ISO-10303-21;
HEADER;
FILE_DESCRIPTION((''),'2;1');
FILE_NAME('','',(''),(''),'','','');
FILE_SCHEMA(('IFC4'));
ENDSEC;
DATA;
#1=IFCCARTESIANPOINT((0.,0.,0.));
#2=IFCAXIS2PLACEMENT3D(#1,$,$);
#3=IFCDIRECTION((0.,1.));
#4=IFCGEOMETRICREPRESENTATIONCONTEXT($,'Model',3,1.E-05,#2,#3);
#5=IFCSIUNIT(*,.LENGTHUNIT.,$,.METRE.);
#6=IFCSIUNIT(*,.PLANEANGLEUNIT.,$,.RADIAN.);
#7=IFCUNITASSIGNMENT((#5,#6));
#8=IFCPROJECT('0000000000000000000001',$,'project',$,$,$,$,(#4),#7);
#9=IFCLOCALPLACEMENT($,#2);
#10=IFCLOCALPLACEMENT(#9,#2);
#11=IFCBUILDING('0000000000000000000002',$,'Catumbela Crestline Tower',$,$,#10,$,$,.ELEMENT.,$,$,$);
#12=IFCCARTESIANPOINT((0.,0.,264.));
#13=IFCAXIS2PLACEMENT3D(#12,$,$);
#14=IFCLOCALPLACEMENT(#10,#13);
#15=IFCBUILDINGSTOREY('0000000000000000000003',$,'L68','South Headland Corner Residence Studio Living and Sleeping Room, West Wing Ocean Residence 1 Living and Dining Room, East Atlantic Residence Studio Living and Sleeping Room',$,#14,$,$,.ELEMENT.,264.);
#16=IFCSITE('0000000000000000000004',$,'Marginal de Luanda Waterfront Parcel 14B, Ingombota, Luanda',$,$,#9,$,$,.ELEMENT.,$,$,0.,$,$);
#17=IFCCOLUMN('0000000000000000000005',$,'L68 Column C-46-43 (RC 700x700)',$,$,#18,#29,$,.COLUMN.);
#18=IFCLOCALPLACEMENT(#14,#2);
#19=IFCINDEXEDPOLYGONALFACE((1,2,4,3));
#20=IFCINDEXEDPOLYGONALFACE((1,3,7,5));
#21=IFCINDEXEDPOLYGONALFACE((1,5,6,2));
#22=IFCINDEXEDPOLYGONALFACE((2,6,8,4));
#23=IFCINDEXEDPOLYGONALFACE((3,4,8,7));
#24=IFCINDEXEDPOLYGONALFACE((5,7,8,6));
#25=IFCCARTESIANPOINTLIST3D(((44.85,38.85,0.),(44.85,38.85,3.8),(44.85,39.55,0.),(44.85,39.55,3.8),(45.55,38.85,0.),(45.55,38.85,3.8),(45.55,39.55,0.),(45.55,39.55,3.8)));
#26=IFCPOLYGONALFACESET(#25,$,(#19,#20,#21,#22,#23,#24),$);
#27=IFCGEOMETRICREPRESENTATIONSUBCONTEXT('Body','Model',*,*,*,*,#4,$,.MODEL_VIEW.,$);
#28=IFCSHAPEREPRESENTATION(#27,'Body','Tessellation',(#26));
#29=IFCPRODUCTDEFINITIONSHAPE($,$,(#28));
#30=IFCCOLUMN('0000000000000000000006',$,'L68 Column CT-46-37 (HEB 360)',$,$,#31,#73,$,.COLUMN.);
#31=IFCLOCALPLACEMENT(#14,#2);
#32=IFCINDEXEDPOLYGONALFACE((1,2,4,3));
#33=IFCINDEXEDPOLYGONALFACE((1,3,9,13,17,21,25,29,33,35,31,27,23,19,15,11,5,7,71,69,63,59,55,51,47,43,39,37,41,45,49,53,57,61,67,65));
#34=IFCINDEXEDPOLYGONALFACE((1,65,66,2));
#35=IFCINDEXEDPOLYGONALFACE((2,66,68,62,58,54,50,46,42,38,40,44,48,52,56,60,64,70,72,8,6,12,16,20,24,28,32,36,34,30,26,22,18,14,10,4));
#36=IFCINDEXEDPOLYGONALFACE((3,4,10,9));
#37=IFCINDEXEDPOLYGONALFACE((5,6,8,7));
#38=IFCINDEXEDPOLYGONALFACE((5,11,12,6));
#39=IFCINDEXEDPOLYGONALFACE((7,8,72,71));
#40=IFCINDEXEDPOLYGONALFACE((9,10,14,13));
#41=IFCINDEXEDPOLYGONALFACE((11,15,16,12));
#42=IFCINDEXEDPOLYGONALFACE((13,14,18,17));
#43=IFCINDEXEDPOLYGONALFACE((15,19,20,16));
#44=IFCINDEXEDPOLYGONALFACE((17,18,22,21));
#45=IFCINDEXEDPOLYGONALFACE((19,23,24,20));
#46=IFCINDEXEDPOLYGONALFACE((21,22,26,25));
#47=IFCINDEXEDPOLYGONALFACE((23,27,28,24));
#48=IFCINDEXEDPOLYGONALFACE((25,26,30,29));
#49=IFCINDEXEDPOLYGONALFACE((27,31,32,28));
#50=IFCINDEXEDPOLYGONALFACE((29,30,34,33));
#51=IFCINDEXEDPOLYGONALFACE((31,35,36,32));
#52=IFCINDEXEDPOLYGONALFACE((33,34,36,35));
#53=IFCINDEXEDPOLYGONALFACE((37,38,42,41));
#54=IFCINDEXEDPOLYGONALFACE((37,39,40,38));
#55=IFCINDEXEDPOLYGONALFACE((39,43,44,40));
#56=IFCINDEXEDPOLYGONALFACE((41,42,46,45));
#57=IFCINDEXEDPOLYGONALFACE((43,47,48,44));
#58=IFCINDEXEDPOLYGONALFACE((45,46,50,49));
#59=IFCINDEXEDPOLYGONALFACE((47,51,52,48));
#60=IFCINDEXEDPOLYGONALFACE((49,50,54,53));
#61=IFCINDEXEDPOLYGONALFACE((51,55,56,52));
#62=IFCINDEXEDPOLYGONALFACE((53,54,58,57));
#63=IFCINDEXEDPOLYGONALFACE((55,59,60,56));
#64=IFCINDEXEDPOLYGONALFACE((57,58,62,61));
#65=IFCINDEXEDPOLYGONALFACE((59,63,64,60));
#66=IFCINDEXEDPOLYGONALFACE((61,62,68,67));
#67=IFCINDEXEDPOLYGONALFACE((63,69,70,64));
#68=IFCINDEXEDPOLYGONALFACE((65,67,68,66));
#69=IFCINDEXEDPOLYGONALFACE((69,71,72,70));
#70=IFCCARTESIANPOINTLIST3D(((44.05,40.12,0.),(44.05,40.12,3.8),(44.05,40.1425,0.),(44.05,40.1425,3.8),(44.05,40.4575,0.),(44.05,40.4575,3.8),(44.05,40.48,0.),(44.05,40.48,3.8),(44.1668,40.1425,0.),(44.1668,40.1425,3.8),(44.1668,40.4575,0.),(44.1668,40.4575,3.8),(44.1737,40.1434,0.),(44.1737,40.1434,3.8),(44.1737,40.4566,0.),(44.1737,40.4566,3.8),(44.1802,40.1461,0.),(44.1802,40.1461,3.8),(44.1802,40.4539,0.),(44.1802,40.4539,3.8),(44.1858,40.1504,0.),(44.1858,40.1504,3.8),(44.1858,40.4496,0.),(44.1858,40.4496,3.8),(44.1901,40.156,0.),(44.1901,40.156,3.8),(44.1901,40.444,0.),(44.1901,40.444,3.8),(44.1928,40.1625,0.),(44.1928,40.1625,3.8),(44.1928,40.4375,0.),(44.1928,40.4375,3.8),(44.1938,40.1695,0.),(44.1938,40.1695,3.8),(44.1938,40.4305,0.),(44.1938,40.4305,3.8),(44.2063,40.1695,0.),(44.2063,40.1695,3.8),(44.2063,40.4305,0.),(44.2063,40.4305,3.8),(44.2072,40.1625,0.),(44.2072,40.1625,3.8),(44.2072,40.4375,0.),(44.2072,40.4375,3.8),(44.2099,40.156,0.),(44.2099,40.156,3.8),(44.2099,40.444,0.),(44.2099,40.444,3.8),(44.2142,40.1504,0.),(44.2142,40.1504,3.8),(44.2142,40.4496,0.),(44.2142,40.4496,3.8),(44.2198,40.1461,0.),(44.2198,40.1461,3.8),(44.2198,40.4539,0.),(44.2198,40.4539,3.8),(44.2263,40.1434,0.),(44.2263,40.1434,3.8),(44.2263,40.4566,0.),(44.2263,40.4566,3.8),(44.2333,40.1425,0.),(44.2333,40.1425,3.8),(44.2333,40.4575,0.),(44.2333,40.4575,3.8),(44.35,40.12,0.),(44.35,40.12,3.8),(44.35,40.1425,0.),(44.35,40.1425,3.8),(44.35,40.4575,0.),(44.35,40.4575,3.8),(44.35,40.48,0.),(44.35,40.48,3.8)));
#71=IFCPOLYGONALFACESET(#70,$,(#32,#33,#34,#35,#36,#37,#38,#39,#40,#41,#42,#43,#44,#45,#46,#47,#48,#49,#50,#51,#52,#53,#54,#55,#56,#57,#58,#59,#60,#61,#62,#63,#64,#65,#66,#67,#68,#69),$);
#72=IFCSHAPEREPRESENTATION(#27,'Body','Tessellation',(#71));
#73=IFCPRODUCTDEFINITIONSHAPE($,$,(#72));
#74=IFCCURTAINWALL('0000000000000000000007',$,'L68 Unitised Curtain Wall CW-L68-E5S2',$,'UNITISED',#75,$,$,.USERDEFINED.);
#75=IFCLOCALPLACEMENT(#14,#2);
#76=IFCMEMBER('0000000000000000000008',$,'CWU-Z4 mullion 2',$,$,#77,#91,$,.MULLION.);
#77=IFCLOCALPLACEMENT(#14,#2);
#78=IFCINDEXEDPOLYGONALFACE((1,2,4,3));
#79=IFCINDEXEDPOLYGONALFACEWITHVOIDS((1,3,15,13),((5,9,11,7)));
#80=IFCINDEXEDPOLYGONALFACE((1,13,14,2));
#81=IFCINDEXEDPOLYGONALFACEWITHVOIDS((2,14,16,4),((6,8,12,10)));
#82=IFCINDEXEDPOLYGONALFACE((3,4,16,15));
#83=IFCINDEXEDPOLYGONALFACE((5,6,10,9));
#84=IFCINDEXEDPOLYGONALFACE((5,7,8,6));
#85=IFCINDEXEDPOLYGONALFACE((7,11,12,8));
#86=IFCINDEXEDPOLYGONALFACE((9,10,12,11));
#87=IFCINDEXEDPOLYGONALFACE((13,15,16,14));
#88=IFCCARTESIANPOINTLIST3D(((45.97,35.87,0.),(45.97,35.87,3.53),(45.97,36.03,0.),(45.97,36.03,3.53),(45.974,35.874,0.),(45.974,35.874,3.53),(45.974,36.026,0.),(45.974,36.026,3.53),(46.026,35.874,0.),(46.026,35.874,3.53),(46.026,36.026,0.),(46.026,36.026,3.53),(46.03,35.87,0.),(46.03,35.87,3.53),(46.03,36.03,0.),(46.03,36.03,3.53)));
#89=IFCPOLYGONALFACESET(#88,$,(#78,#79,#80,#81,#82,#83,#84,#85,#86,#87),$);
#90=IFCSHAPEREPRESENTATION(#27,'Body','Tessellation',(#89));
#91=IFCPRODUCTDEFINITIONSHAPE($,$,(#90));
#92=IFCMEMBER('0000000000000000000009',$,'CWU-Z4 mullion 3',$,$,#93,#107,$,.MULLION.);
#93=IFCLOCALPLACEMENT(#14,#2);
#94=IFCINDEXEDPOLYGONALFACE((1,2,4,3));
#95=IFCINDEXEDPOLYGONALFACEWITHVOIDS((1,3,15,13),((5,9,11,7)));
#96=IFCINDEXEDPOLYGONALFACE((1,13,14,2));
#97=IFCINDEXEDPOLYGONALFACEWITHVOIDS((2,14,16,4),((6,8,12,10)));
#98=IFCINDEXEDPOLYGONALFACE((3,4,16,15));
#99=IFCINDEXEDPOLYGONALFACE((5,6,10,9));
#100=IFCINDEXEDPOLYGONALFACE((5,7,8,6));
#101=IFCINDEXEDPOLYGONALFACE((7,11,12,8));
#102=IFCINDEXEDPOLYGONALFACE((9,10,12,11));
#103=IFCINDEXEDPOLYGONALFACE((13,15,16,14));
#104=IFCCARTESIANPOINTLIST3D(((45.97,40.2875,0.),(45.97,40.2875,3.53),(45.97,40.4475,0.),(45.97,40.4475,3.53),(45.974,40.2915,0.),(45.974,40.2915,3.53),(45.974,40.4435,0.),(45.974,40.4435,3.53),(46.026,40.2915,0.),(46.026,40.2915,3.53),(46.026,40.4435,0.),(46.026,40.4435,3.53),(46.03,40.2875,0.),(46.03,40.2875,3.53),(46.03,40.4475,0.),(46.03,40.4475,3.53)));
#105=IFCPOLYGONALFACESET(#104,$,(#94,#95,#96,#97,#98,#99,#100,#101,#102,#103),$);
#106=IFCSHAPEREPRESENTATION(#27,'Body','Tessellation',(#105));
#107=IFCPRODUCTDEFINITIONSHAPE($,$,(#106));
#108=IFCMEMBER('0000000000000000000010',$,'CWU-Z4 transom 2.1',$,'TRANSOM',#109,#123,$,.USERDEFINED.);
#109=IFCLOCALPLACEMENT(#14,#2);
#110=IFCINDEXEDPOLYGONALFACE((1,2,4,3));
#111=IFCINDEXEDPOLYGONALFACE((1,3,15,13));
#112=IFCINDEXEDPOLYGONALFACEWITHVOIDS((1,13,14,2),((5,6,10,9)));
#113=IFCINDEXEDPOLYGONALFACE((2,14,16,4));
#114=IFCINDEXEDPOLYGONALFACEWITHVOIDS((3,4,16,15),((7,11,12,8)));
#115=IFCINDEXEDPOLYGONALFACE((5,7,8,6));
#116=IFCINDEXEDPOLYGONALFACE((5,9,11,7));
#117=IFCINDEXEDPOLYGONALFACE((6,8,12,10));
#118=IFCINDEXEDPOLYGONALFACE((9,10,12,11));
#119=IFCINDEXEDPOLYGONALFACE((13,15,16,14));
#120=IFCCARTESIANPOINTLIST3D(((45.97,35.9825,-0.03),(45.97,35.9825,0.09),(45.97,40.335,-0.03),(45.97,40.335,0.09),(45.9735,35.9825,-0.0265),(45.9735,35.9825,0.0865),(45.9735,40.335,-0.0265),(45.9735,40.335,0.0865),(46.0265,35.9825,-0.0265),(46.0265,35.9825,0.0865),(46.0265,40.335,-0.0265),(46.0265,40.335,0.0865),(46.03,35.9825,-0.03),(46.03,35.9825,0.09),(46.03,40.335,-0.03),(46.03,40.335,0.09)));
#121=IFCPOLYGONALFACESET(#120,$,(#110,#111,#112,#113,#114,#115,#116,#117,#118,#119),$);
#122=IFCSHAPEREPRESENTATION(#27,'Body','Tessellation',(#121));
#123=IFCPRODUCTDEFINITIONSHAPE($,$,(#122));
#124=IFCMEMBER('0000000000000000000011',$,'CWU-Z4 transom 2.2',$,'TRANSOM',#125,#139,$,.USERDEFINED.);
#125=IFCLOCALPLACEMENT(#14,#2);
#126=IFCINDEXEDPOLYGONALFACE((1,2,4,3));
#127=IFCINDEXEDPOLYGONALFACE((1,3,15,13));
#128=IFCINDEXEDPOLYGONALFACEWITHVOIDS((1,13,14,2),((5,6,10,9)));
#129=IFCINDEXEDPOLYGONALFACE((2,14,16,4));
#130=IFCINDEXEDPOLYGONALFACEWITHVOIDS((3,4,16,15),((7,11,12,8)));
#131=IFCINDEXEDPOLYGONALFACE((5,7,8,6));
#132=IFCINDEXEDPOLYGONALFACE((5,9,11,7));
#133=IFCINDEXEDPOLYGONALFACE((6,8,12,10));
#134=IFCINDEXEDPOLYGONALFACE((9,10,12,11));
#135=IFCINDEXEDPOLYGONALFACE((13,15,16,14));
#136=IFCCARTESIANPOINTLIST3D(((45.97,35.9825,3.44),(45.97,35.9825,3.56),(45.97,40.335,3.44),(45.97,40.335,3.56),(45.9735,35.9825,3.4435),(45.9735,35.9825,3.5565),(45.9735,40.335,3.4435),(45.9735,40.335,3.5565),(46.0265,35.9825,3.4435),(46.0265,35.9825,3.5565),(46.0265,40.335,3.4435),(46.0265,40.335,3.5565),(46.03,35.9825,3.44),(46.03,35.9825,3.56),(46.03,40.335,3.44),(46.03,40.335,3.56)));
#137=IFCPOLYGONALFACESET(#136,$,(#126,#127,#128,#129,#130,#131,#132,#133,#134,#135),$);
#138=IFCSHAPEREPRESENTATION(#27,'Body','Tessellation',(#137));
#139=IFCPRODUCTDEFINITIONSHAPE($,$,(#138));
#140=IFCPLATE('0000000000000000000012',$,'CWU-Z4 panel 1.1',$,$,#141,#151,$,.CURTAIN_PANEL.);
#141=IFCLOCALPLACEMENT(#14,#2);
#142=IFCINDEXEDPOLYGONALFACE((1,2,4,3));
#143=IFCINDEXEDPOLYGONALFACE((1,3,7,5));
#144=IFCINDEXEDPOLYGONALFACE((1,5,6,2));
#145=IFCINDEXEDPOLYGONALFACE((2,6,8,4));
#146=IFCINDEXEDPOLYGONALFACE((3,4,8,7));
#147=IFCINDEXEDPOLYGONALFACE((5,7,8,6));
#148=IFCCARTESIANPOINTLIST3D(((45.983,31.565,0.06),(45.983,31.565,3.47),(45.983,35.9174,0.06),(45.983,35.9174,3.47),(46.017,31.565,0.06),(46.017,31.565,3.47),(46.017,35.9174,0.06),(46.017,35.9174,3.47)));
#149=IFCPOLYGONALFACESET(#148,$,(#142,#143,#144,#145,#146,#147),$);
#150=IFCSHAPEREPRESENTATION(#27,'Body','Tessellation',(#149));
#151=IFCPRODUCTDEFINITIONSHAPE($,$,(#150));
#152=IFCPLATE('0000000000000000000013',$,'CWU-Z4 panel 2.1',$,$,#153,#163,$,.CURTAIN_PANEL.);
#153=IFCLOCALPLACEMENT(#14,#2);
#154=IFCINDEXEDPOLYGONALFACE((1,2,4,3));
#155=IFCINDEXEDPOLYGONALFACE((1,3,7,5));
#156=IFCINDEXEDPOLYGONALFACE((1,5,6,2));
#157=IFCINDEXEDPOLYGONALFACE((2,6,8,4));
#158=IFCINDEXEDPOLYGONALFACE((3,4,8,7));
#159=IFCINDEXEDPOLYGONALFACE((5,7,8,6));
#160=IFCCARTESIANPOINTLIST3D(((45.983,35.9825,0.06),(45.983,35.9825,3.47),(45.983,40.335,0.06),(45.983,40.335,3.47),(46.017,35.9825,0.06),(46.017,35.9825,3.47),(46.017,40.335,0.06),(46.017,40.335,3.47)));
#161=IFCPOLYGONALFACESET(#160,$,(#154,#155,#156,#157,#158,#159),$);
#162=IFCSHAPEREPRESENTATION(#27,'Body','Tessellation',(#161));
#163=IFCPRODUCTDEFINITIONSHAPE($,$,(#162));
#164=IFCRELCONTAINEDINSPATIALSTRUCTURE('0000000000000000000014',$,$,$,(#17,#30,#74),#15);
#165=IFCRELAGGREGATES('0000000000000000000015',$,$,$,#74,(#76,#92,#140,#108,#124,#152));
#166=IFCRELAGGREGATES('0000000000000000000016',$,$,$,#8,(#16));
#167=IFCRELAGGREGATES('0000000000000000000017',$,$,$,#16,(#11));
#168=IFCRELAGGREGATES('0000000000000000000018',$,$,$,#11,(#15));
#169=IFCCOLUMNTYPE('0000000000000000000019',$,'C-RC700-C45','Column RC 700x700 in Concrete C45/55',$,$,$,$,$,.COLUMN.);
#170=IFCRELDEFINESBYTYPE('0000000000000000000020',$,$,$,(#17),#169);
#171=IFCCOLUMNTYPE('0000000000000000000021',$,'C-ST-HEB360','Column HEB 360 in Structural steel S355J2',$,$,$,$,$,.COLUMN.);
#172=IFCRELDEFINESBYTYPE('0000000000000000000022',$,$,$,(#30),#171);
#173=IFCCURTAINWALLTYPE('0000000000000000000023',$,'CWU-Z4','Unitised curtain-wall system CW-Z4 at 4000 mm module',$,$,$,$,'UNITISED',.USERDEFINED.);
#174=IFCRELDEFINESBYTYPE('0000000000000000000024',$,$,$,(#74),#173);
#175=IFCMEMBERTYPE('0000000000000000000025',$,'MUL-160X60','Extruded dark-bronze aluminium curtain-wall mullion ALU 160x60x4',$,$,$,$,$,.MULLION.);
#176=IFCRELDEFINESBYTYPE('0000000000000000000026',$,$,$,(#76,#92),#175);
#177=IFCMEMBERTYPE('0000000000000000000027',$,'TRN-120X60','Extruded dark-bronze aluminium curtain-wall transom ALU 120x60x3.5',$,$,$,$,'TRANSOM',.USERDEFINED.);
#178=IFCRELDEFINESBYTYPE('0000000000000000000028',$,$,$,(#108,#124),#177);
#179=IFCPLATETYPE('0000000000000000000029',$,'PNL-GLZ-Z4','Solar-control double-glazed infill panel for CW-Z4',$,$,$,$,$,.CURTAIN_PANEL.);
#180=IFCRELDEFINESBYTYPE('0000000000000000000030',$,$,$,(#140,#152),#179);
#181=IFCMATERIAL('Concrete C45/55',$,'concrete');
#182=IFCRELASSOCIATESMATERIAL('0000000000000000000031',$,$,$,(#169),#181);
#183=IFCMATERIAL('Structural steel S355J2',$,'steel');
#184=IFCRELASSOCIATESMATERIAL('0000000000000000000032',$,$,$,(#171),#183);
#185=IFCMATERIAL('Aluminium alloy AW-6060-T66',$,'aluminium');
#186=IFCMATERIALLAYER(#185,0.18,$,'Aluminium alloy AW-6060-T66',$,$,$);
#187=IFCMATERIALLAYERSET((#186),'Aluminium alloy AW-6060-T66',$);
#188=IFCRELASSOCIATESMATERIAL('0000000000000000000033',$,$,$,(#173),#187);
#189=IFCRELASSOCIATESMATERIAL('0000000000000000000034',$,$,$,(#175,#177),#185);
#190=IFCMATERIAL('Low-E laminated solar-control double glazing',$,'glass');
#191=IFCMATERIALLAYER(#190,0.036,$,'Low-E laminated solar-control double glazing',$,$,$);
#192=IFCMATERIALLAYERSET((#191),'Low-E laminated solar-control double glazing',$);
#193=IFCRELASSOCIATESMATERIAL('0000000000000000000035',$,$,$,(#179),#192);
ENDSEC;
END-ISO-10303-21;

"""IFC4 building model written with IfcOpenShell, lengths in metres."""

from ifc_helpers import new_model, si_unit, direction, frame, origin, origin_2d, place, context, subcontext, project, spatial, rectangle, hollow_rectangle, i_section, extrude, material, layer, layer_set, material_profile, profile_set, type_object, element, aggregate, save


model = new_model("IFC4")

# Units and contexts
model_context = context("Model", 3, precision=1e-05, world=origin(), true_north=direction((0.0, 1.0)))
body_context = subcontext(model_context, "Body", "Model", "MODEL_VIEW")
ifc_project = project(units=[si_unit("LENGTHUNIT", "METRE"), si_unit("PLANEANGLEUNIT", "RADIAN")], contexts=[model_context])

# Site, building, storey
site_placement = place(None, origin())
site = spatial("IfcSite", under=ifc_project, at=site_placement, Name="Marginal de Luanda Waterfront Parcel 14B, Ingombota, Luanda", CompositionType="ELEMENT", RefElevation=0.0)
building_placement = place(site_placement, origin())
building = spatial("IfcBuilding", under=site, at=building_placement, Name="Catumbela Crestline Tower", CompositionType="ELEMENT")
storey_placement = place(building_placement, frame((0.0, 0.0, 264.0)))
storey = spatial("IfcBuildingStorey", under=building, at=storey_placement, Name="L68", Description="South Headland Corner Residence Studio Living and Sleeping Room, West Wing Ocean Residence 1 Living and Dining Room, East Atlantic Residence Studio Living and Sleeping Room", CompositionType="ELEMENT", Elevation=264.0)

# Columns
ifc_material_1 = material(Name="Concrete C45/55", Category="concrete")
ifc_material_profile_1 = material_profile(ifc_material_1, rectangle(XDim=0.7, YDim=0.7, at=origin_2d()), Name="RC 700x700")
ifc_profile_set_1 = profile_set([ifc_material_profile_1], Name="Concrete C45/55")
column_type_1 = type_object("IfcColumnType", Name="C-RC700-C45", Description="Column RC 700x700 in Concrete C45/55", PredefinedType="COLUMN", material=ifc_profile_set_1)
column_1_placement = place(storey_placement, frame((45.2, 39.2, 0.0), z_axis=(0.0, 0.0, 1.0), x_axis=(1.0, 0.0, 0.0)))
element("IfcColumn", 1, at=column_1_placement, inside=storey, type_object=column_type_1, Name="L68 Column C-46-43 (RC 700x700)", PredefinedType="COLUMN", context=body_context, shape_type="SweptSolid", body=[
    extrude(rectangle(XDim=0.7, YDim=0.7, at=origin_2d()), origin(), (0.0, 0.0, 1.0), 3.8),
])
ifc_material_2 = material(Name="Structural steel S355J2", Category="steel")
ifc_material_profile_2 = material_profile(ifc_material_2, i_section(OverallWidth=0.3, OverallDepth=0.36, WebThickness=0.0125, FlangeThickness=0.0225, FilletRadius=0.027, at=origin_2d()), Name="HEB 360")
ifc_profile_set_2 = profile_set([ifc_material_profile_2], Name="Structural steel S355J2")
column_type_2 = type_object("IfcColumnType", Name="C-ST-HEB360", Description="Column HEB 360 in Structural steel S355J2", PredefinedType="COLUMN", material=ifc_profile_set_2)
column_2_placement = place(storey_placement, frame((44.2, 40.3, 0.0), z_axis=(0.0, 0.0, 1.0), x_axis=(1.0, 0.0, 0.0)))
element("IfcColumn", 2, at=column_2_placement, inside=storey, type_object=column_type_2, Name="L68 Column CT-46-37 (HEB 360)", PredefinedType="COLUMN", context=body_context, shape_type="SweptSolid", body=[
    extrude(i_section(OverallWidth=0.3, OverallDepth=0.36, WebThickness=0.0125, FlangeThickness=0.0225, FilletRadius=0.027, at=origin_2d()), origin(), (0.0, 0.0, 1.0), 3.8),
])

# Curtain wall, members, plates
ifc_material_3 = material(Name="Aluminium alloy AW-6060-T66", Category="aluminium")
ifc_layer_1 = layer(ifc_material_3, 0.18, Name="Aluminium alloy AW-6060-T66")
ifc_layer_set_1 = layer_set([ifc_layer_1], Name="Aluminium alloy AW-6060-T66")
curtain_wall_type = type_object("IfcCurtainWallType", Name="CWU-Z4", Description="Unitised curtain-wall system CW-Z4 at 4000 mm module", ElementType="UNITISED", PredefinedType="USERDEFINED", material=ifc_layer_set_1)
curtain_wall_placement = place(storey_placement, origin())
curtain_wall = element("IfcCurtainWall", 3, at=curtain_wall_placement, inside=storey, type_object=curtain_wall_type, Name="L68 Unitised Curtain Wall CW-L68-E5S2", ObjectType="UNITISED", PredefinedType="USERDEFINED")
ifc_material_profile_3 = material_profile(ifc_material_3, hollow_rectangle(XDim=0.06, YDim=0.16, WallThickness=0.004, at=origin_2d()), Name="ALU 160x60x4")
ifc_profile_set_3 = profile_set([ifc_material_profile_3], Name="Aluminium alloy AW-6060-T66")
member_type_1 = type_object("IfcMemberType", Name="MUL-160X60", Description="Extruded dark-bronze aluminium curtain-wall mullion ALU 160x60x4", PredefinedType="MULLION", material=ifc_profile_set_3)
member_1_placement = place(storey_placement, frame((46.0, 35.95, 0.0), z_axis=(0.0, 0.0, 1.0), x_axis=(-1.0, 0.0, 0.0)))
member_1 = element("IfcMember", 4, at=member_1_placement, type_object=member_type_1, Name="CWU-Z4 mullion 2", PredefinedType="MULLION", context=body_context, shape_type="SweptSolid", body=[
    extrude(hollow_rectangle(XDim=0.06, YDim=0.16, WallThickness=0.004, at=origin_2d()), origin(), (0.0, 0.0, 1.0), 3.53),
])
member_2_placement = place(storey_placement, frame((46.0, 40.3675, 0.0), z_axis=(0.0, 0.0, 1.0), x_axis=(-1.0, 0.0, 0.0)))
member_2 = element("IfcMember", 5, at=member_2_placement, type_object=member_type_1, Name="CWU-Z4 mullion 3", PredefinedType="MULLION", context=body_context, shape_type="SweptSolid", body=[
    extrude(hollow_rectangle(XDim=0.06, YDim=0.16, WallThickness=0.004, at=origin_2d()), origin(), (0.0, 0.0, 1.0), 3.53),
])
ifc_material_profile_4 = material_profile(ifc_material_3, hollow_rectangle(XDim=0.06, YDim=0.12, WallThickness=0.0035, at=origin_2d()), Name="ALU 120x60x3.5")
ifc_profile_set_4 = profile_set([ifc_material_profile_4], Name="Aluminium alloy AW-6060-T66")
member_type_2 = type_object("IfcMemberType", Name="TRN-120X60", Description="Extruded dark-bronze aluminium curtain-wall transom ALU 120x60x3.5", ElementType="TRANSOM", PredefinedType="USERDEFINED", material=ifc_profile_set_4)
member_3_placement = place(storey_placement, frame((46.0, 35.9825, 0.03), z_axis=(0.0, 1.0, 0.0), x_axis=(-1.0, 0.0, 0.0)))
member_3 = element("IfcMember", 6, at=member_3_placement, type_object=member_type_2, Name="CWU-Z4 transom 2.1", ObjectType="TRANSOM", PredefinedType="USERDEFINED", context=body_context, shape_type="SweptSolid", body=[
    extrude(hollow_rectangle(XDim=0.06, YDim=0.12, WallThickness=0.0035, at=origin_2d()), origin(), (0.0, 0.0, 1.0), 4.3525),
])
member_4_placement = place(storey_placement, frame((46.0, 35.9825, 3.5), z_axis=(0.0, 1.0, 0.0), x_axis=(-1.0, 0.0, 0.0)))
member_4 = element("IfcMember", 7, at=member_4_placement, type_object=member_type_2, Name="CWU-Z4 transom 2.2", ObjectType="TRANSOM", PredefinedType="USERDEFINED", context=body_context, shape_type="SweptSolid", body=[
    extrude(hollow_rectangle(XDim=0.06, YDim=0.12, WallThickness=0.0035, at=origin_2d()), origin(), (0.0, 0.0, 1.0), 4.3525),
])
ifc_material_4 = material(Name="Low-E laminated solar-control double glazing", Category="glass")
ifc_layer_2 = layer(ifc_material_4, 0.036, Name="Low-E laminated solar-control double glazing")
ifc_layer_set_2 = layer_set([ifc_layer_2], Name="Low-E laminated solar-control double glazing")
plate_type = type_object("IfcPlateType", Name="PNL-GLZ-Z4", Description="Solar-control double-glazed infill panel for CW-Z4", PredefinedType="CURTAIN_PANEL", material=ifc_layer_set_2)
plate_1_placement = place(storey_placement, frame((46.0, 33.7412, 0.06), z_axis=(0.0, 0.0, 1.0), x_axis=(0.0, 1.0, 0.0)))
plate_1 = element("IfcPlate", 8, at=plate_1_placement, type_object=plate_type, Name="CWU-Z4 panel 1.1", PredefinedType="CURTAIN_PANEL", context=body_context, shape_type="SweptSolid", body=[
    extrude(rectangle(XDim=4.3525, YDim=0.034, at=origin_2d()), origin(), (0.0, 0.0, 1.0), 3.41),
])
plate_2_placement = place(storey_placement, frame((46.0, 38.1588, 0.06), z_axis=(0.0, 0.0, 1.0), x_axis=(0.0, 1.0, 0.0)))
plate_2 = element("IfcPlate", 9, at=plate_2_placement, type_object=plate_type, Name="CWU-Z4 panel 2.1", PredefinedType="CURTAIN_PANEL", context=body_context, shape_type="SweptSolid", body=[
    extrude(rectangle(XDim=4.3525, YDim=0.034, at=origin_2d()), origin(), (0.0, 0.0, 1.0), 3.41),
])
aggregate(curtain_wall, [member_1, member_2, plate_1, member_3, member_4, plate_2])

save(model, "model.ifc")
